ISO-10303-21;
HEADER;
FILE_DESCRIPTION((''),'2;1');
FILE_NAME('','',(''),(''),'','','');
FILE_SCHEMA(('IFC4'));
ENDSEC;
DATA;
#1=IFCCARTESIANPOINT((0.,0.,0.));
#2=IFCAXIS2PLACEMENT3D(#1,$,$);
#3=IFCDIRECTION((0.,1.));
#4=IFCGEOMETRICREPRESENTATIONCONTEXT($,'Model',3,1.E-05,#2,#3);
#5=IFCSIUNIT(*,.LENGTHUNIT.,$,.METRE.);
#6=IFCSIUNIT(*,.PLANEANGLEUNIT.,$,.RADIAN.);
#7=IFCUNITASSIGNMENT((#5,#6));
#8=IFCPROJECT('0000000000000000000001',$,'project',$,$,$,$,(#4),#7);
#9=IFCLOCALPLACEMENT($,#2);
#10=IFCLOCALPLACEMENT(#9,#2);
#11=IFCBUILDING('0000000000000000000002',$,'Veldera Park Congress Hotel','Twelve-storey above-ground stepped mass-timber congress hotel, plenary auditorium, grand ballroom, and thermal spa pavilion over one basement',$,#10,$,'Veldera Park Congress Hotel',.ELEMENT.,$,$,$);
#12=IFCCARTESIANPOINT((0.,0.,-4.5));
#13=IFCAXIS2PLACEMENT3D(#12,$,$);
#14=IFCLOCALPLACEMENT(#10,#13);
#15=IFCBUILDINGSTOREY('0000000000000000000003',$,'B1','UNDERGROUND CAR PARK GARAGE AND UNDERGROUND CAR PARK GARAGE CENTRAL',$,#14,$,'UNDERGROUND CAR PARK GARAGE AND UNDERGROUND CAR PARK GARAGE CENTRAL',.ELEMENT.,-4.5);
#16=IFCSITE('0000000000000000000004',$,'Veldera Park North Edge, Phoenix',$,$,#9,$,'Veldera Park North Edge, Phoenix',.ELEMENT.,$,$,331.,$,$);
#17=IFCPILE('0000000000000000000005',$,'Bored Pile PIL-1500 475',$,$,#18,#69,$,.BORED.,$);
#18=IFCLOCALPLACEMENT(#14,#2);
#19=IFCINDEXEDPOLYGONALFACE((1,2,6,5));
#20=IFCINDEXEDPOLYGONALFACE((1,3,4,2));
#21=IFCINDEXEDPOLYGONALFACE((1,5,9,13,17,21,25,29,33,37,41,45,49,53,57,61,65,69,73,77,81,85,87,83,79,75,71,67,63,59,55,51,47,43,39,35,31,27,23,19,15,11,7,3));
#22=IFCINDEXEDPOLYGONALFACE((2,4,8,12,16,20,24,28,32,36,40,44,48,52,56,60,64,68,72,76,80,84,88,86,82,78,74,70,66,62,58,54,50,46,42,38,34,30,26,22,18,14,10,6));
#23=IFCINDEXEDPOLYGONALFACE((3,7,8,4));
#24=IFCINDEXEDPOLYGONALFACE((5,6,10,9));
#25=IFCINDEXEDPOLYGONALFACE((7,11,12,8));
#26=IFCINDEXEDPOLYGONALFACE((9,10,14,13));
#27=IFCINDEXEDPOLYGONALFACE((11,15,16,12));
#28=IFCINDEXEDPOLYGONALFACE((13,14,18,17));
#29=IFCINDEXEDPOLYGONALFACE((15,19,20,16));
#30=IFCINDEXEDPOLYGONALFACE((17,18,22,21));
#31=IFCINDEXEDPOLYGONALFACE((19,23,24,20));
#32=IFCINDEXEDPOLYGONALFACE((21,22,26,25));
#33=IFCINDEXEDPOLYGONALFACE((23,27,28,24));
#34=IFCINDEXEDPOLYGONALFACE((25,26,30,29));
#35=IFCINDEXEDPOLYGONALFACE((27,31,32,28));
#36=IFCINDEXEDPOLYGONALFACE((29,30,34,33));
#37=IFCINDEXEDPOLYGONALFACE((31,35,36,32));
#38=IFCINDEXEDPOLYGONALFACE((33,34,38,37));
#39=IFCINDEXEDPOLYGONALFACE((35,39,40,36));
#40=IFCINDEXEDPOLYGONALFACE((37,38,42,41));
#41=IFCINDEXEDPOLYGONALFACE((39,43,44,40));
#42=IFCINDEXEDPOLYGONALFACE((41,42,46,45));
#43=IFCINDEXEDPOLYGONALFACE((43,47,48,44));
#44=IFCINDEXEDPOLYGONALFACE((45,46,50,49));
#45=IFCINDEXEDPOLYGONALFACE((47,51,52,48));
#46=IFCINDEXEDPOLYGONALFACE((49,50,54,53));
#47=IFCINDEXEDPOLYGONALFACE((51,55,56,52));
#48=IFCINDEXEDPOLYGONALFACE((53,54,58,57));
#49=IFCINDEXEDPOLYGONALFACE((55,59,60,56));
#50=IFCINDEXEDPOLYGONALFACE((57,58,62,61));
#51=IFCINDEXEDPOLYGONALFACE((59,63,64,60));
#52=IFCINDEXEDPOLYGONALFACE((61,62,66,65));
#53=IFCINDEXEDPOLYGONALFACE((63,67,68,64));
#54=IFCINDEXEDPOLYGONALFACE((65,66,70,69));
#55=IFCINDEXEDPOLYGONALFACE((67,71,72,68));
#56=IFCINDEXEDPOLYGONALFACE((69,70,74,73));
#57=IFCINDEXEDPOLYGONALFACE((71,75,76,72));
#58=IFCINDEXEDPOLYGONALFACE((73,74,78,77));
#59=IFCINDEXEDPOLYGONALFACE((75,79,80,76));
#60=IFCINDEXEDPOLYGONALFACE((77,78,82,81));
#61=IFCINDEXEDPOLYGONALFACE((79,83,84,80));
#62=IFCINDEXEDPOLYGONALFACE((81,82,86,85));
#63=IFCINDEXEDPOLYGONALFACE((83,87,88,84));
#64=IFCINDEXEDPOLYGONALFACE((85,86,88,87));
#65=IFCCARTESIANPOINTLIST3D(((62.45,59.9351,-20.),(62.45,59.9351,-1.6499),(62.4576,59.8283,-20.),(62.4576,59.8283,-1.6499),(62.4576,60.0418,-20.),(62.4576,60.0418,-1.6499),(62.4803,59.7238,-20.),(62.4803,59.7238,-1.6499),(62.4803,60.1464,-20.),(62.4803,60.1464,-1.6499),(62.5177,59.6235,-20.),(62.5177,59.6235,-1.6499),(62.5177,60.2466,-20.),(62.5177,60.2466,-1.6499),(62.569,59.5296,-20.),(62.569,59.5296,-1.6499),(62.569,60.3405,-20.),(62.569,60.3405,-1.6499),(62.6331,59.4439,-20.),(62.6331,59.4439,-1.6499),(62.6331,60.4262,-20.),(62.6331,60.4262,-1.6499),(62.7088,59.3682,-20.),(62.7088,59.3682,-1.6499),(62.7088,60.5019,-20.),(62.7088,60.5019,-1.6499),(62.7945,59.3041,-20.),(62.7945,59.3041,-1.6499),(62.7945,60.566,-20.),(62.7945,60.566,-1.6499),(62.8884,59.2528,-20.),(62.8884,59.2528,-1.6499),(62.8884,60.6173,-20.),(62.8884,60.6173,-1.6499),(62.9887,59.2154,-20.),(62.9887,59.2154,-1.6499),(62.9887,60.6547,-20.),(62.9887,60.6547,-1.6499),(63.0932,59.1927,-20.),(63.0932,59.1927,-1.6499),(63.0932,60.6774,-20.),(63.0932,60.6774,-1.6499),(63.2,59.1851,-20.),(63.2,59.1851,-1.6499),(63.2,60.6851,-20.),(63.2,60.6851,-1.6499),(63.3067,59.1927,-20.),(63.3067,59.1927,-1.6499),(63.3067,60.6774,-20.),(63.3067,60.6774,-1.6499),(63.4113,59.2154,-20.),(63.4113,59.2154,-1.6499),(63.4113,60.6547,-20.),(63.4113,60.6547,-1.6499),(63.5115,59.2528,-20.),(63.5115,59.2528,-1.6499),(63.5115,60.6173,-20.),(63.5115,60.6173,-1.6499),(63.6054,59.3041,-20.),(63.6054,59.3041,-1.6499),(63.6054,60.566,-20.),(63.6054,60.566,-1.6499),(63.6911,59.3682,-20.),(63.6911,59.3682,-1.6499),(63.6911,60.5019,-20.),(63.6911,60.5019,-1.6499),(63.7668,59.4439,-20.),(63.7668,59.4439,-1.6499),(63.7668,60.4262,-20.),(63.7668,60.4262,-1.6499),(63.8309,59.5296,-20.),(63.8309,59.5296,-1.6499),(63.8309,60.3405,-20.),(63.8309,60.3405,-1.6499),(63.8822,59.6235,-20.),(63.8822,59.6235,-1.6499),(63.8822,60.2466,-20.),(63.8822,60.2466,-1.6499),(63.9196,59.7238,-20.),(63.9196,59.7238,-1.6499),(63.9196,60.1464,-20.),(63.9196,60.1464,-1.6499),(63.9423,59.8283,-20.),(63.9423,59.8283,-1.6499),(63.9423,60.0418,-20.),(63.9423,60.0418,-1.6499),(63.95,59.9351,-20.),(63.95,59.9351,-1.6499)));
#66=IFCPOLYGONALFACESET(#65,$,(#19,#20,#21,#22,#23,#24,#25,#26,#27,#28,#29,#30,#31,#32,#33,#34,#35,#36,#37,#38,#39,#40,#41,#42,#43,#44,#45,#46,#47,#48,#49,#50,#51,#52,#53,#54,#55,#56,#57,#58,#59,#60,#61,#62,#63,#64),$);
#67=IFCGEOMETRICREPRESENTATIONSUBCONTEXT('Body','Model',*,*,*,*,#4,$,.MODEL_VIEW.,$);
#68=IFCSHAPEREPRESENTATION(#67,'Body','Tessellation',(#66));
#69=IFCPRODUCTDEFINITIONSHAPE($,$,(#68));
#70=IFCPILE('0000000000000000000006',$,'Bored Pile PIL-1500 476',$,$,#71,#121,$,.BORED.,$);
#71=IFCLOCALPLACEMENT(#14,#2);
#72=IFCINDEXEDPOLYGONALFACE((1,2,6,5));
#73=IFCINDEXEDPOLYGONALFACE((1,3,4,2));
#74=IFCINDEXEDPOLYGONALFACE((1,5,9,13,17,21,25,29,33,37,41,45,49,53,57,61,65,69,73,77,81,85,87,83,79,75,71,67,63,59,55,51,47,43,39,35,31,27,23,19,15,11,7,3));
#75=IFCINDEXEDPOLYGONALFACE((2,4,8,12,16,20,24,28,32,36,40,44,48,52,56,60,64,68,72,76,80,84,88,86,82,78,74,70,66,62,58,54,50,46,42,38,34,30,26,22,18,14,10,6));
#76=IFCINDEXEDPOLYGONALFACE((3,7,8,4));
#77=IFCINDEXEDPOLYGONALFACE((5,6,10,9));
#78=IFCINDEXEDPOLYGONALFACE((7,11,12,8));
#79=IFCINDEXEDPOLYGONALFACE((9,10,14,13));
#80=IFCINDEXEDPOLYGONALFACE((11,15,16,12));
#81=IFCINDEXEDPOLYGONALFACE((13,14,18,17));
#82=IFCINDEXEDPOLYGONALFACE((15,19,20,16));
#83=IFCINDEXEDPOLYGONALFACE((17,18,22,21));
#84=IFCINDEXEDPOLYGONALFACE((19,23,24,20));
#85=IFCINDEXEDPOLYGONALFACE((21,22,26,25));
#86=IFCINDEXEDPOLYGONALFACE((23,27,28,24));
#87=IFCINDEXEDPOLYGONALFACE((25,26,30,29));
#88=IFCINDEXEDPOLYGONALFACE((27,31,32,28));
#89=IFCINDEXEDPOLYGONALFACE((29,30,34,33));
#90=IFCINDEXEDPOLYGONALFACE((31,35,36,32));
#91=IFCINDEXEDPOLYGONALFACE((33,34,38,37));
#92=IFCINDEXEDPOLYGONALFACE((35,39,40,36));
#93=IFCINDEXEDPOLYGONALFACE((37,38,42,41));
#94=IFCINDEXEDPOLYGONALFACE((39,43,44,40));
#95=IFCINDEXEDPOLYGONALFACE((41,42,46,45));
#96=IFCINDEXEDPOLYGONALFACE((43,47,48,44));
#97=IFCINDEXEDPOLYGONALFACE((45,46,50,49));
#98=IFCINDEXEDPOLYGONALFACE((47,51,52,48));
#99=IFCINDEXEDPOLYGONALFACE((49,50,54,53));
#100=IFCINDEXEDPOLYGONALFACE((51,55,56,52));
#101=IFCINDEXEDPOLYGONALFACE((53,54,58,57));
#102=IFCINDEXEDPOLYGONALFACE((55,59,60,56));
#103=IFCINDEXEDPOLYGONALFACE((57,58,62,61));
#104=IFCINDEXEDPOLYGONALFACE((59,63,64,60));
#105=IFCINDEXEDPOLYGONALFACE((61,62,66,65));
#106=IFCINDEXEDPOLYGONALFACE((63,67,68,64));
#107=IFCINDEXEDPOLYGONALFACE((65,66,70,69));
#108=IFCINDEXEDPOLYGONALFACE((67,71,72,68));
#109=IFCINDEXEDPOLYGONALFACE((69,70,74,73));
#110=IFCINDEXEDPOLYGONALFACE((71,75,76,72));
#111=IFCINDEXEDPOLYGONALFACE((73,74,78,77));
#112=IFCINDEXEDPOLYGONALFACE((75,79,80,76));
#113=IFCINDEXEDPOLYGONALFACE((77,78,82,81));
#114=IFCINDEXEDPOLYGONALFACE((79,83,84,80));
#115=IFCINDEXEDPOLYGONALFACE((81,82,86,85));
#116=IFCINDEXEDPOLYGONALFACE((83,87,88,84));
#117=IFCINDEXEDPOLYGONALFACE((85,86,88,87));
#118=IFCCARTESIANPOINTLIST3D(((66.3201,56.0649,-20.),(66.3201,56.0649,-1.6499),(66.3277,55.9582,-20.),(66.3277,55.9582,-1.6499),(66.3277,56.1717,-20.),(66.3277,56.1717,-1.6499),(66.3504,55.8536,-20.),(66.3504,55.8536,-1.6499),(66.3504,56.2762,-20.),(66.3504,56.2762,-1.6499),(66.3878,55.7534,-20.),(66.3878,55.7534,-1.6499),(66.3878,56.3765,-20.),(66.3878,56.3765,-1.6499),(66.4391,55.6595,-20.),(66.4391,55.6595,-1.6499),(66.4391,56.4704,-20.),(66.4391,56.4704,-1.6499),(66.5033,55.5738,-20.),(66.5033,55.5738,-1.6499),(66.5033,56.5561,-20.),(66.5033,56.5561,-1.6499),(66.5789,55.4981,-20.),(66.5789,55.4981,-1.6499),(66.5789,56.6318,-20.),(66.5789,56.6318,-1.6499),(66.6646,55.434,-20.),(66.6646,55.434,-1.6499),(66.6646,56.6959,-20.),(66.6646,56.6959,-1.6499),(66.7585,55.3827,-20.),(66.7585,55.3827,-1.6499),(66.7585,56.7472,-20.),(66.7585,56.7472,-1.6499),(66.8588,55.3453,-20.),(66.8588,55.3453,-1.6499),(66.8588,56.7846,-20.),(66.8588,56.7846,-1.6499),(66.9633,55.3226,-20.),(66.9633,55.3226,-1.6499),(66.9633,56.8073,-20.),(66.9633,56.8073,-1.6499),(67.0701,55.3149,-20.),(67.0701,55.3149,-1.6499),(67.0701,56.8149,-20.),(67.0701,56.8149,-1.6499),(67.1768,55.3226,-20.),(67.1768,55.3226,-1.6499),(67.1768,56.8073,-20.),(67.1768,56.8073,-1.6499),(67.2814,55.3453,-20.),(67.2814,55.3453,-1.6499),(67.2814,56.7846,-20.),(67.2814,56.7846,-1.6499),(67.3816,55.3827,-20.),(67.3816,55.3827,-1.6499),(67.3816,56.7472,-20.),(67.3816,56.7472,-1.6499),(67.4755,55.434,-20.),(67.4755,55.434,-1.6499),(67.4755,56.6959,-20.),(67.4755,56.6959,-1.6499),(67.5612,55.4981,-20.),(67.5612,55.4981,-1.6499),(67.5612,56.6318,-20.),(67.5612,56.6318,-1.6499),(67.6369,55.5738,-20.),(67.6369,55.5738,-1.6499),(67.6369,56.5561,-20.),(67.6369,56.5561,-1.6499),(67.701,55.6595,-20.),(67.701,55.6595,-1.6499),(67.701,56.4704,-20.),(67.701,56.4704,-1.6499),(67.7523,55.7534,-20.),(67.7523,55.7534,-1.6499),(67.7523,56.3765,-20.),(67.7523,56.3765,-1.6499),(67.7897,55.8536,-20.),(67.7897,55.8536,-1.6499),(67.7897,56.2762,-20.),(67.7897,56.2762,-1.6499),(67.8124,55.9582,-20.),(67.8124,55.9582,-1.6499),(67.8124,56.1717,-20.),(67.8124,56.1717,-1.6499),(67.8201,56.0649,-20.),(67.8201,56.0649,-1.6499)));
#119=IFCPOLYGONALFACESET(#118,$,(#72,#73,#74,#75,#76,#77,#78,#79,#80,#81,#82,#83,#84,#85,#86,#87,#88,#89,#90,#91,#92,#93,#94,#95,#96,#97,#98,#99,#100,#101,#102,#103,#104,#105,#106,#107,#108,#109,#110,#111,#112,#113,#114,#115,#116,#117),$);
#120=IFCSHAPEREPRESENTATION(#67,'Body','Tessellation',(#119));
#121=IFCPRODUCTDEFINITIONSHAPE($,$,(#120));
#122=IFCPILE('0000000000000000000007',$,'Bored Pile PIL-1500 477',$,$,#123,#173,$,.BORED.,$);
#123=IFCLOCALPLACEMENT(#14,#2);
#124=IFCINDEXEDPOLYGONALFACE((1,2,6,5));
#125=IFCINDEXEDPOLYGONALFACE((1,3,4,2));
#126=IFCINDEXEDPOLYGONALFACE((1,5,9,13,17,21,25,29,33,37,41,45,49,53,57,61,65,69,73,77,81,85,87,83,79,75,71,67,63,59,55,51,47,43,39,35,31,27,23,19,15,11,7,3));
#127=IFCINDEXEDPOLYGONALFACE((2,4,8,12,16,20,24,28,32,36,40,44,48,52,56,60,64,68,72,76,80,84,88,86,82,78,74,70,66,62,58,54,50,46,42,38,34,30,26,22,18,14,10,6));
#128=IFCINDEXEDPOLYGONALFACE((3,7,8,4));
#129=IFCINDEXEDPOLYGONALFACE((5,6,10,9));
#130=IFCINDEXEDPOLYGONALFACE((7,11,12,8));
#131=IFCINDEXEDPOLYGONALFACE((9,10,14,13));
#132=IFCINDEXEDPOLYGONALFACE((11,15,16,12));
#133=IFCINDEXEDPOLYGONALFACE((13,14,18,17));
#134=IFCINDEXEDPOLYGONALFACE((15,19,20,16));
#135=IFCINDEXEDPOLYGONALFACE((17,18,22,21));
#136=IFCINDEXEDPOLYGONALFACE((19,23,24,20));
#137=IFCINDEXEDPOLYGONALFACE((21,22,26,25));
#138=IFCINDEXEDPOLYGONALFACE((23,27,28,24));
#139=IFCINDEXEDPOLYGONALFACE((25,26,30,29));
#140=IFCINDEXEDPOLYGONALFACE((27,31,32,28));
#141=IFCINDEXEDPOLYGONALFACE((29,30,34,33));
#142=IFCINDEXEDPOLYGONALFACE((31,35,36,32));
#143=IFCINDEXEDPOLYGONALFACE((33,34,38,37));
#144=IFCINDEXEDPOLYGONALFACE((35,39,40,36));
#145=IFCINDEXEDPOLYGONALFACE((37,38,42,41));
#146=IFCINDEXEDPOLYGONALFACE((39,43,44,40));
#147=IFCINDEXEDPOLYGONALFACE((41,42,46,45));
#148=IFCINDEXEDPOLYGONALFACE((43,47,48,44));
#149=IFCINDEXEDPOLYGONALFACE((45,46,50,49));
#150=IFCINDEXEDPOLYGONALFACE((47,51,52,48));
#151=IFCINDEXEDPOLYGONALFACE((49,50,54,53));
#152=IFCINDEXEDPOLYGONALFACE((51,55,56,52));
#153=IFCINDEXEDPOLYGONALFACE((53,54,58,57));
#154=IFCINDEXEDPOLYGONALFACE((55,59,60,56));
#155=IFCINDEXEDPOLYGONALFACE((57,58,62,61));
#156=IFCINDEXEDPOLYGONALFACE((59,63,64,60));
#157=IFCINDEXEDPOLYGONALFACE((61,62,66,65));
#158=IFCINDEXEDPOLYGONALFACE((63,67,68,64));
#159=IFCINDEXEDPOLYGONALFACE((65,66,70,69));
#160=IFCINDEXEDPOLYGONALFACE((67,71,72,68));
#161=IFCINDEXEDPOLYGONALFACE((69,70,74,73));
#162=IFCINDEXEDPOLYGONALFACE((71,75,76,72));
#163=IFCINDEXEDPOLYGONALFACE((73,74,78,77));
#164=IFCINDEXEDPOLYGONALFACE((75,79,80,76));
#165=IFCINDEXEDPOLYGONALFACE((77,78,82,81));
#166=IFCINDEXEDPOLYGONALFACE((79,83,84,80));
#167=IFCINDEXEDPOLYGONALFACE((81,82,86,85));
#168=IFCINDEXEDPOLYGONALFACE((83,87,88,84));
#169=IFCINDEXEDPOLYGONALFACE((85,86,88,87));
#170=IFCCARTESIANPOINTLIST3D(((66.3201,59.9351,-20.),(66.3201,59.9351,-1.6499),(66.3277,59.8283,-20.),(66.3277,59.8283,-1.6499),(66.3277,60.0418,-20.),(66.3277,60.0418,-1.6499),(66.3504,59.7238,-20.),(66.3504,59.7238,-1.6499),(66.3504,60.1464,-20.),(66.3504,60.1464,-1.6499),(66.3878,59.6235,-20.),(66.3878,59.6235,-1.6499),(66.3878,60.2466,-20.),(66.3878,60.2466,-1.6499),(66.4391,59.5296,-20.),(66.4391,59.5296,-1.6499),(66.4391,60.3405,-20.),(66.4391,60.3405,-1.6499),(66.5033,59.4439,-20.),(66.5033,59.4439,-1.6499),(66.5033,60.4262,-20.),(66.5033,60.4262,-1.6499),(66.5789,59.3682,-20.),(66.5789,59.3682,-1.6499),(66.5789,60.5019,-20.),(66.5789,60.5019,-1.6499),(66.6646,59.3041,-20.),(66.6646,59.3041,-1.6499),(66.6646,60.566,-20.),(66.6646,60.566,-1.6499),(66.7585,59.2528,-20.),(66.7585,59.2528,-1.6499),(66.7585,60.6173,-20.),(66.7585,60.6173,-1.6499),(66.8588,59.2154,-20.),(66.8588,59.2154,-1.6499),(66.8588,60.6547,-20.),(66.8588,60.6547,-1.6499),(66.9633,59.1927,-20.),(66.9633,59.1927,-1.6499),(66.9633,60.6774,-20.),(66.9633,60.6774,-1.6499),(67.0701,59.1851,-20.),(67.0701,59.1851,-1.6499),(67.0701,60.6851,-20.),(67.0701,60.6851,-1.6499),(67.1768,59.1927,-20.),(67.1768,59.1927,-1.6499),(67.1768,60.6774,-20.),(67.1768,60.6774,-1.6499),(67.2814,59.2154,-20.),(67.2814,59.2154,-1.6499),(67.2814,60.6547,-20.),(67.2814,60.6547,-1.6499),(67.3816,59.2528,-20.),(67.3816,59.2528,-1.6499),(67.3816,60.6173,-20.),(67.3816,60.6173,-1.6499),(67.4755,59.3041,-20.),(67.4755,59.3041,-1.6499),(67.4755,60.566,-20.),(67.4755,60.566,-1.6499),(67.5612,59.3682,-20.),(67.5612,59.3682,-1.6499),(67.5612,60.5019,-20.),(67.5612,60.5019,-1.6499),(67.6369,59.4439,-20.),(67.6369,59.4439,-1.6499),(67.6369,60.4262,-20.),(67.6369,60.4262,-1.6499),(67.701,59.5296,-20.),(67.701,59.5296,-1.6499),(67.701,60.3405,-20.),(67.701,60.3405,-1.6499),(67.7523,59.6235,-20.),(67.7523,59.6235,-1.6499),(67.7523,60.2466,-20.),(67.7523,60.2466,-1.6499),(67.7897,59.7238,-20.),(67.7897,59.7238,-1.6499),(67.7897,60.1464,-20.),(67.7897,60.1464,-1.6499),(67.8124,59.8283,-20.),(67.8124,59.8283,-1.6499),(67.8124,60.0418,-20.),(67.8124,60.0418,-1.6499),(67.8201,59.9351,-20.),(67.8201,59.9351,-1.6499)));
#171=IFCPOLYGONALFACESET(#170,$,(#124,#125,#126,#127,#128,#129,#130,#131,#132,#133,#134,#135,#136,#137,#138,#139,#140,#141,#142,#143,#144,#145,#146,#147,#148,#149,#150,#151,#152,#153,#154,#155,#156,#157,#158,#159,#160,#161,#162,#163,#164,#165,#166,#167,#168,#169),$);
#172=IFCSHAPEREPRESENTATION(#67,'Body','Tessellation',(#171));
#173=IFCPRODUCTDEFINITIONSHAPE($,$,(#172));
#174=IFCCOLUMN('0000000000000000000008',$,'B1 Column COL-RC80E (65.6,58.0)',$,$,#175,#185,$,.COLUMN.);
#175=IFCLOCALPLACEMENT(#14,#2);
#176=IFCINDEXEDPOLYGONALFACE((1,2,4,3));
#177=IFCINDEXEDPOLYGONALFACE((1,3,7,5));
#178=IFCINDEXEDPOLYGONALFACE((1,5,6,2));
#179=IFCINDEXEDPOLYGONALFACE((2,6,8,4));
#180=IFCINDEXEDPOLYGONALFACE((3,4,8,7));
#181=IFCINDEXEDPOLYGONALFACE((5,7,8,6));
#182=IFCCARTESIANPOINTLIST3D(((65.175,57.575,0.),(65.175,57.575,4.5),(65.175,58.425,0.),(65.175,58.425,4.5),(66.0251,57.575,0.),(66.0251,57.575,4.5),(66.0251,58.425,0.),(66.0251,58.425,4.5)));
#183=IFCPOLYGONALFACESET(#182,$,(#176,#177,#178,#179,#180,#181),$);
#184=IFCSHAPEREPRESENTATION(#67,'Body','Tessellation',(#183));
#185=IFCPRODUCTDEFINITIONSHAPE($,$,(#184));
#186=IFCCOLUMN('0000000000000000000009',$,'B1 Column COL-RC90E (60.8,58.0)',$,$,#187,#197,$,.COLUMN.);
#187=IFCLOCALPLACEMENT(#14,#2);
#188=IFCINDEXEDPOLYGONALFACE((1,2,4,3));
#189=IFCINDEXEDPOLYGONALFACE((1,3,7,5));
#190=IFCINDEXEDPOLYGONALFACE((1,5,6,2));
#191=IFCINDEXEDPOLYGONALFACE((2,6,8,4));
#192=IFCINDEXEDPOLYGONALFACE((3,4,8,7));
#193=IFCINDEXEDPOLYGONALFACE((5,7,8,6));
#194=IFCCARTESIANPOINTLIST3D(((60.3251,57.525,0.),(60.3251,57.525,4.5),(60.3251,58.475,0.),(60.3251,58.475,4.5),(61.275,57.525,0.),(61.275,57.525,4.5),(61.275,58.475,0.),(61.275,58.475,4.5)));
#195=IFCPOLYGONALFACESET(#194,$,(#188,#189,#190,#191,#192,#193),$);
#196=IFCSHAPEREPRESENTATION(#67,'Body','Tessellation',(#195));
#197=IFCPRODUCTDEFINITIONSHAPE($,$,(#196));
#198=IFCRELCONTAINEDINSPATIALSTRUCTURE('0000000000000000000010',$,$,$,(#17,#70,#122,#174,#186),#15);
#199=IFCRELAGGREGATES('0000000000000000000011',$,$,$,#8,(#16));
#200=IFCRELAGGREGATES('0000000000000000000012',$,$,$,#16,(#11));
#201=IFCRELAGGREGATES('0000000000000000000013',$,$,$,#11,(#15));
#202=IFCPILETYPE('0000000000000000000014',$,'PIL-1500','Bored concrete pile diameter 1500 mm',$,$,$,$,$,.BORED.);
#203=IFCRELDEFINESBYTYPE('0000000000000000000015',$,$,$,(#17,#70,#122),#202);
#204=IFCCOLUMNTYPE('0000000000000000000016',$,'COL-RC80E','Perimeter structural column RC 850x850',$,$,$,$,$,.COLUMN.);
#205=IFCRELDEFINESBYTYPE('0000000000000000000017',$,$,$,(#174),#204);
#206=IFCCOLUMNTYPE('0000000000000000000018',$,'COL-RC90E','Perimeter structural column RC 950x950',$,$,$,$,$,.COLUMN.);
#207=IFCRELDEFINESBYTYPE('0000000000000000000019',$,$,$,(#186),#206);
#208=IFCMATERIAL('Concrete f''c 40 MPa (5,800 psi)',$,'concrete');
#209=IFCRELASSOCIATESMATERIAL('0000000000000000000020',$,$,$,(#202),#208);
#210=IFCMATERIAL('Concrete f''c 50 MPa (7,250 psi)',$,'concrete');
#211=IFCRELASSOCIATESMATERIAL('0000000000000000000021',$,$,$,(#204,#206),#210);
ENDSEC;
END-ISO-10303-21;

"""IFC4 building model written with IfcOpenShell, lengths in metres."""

from ifc_helpers import new_model, si_unit, direction, frame, origin, origin_2d, place, context, subcontext, project, spatial, rectangle, circle, extrude, material, material_profile, profile_set, type_object, element, save


model = new_model("IFC4")

# Units and contexts
model_context = context("Model", 3, precision=1e-05, world=origin(), true_north=direction((0.0, 1.0)))
body_context = subcontext(model_context, "Body", "Model", "MODEL_VIEW")
ifc_project = project(units=[si_unit("LENGTHUNIT", "METRE"), si_unit("PLANEANGLEUNIT", "RADIAN")], contexts=[model_context])

# Site, building, storey
site_placement = place(None, origin())
site = spatial("IfcSite", under=ifc_project, at=site_placement, Name="Veldera Park North Edge, Phoenix", LongName="Veldera Park North Edge, Phoenix", CompositionType="ELEMENT", RefElevation=331.0)
building_placement = place(site_placement, origin())
building = spatial("IfcBuilding", under=site, at=building_placement, Name="Veldera Park Congress Hotel", Description="Twelve-storey above-ground stepped mass-timber congress hotel, plenary auditorium, grand ballroom, and thermal spa pavilion over one basement", LongName="Veldera Park Congress Hotel", CompositionType="ELEMENT")
storey_placement = place(building_placement, frame((0.0, 0.0, -4.5)))
storey = spatial("IfcBuildingStorey", under=building, at=storey_placement, Name="B1", Description="UNDERGROUND CAR PARK GARAGE AND UNDERGROUND CAR PARK GARAGE CENTRAL", LongName="UNDERGROUND CAR PARK GARAGE AND UNDERGROUND CAR PARK GARAGE CENTRAL", CompositionType="ELEMENT", Elevation=-4.5)

# Shared definitions
ifc_material_1 = material(Name="Concrete f'c 40 MPa (5,800 psi)", Category="concrete")

# Piles
ifc_material_profile_1 = material_profile(ifc_material_1, circle(Radius=0.75, at=origin_2d()), Name="PILE D1500")
ifc_profile_set_1 = profile_set([ifc_material_profile_1], Name="Concrete f'c 40 MPa (5,800 psi)")
pile_type = type_object("IfcPileType", Name="PIL-1500", Description="Bored concrete pile diameter 1500 mm", PredefinedType="BORED", material=ifc_profile_set_1)
for number, where, z_axis, x_axis, name in (
    (1, (63.2, 59.9351, -1.6499), (0.0, 0.0, -1.0), (1.0, 0.0, 0.0), "Bored Pile PIL-1500 475"),
    (2, (67.0701, 56.0649, -1.6499), (0.0, 0.0, -1.0), (1.0, 0.0, 0.0), "Bored Pile PIL-1500 476"),
    (3, (67.0701, 59.9351, -1.6499), (0.0, 0.0, -1.0), (1.0, 0.0, 0.0), "Bored Pile PIL-1500 477"),
):
    element("IfcPile", number, at=place(storey_placement, frame(where, z_axis=z_axis, x_axis=x_axis)), inside=storey, type_object=pile_type, Name=name, PredefinedType="BORED", context=body_context, shape_type="SweptSolid", body=[
        extrude(circle(Radius=0.75, at=origin_2d()), origin(), (0.0, 0.0, 1.0), 18.3501),
    ])

# Columns
ifc_material_2 = material(Name="Concrete f'c 50 MPa (7,250 psi)", Category="concrete")
ifc_material_profile_2 = material_profile(ifc_material_2, rectangle(XDim=0.8501, YDim=0.8501, at=origin_2d()), Name="RC 850x850")
ifc_profile_set_2 = profile_set([ifc_material_profile_2], Name="Concrete f'c 50 MPa (7,250 psi)")
column_type_1 = type_object("IfcColumnType", Name="COL-RC80E", Description="Perimeter structural column RC 850x850", PredefinedType="COLUMN", material=ifc_profile_set_2)
column_1_placement = place(storey_placement, frame((65.6001, 58.0, 0.0), z_axis=(0.0, 0.0, 1.0), x_axis=(1.0, 0.0, 0.0)))
element("IfcColumn", 4, at=column_1_placement, inside=storey, type_object=column_type_1, Name="B1 Column COL-RC80E (65.6,58.0)", PredefinedType="COLUMN", context=body_context, shape_type="SweptSolid", body=[
    extrude(rectangle(XDim=0.8501, YDim=0.8501, at=origin_2d()), origin(), (0.0, 0.0, 1.0), 4.5),
])
ifc_material_profile_3 = material_profile(ifc_material_2, rectangle(XDim=0.95, YDim=0.95, at=origin_2d()), Name="RC 950x950")
ifc_profile_set_3 = profile_set([ifc_material_profile_3], Name="Concrete f'c 50 MPa (7,250 psi)")
column_type_2 = type_object("IfcColumnType", Name="COL-RC90E", Description="Perimeter structural column RC 950x950", PredefinedType="COLUMN", material=ifc_profile_set_3)
column_2_placement = place(storey_placement, frame((60.8, 58.0, 0.0), z_axis=(0.0, 0.0, 1.0), x_axis=(1.0, 0.0, 0.0)))
element("IfcColumn", 5, at=column_2_placement, inside=storey, type_object=column_type_2, Name="B1 Column COL-RC90E (60.8,58.0)", PredefinedType="COLUMN", context=body_context, shape_type="SweptSolid", body=[
    extrude(rectangle(XDim=0.95, YDim=0.95, at=origin_2d()), origin(), (0.0, 0.0, 1.0), 4.5),
])

save(model, "model.ifc")
